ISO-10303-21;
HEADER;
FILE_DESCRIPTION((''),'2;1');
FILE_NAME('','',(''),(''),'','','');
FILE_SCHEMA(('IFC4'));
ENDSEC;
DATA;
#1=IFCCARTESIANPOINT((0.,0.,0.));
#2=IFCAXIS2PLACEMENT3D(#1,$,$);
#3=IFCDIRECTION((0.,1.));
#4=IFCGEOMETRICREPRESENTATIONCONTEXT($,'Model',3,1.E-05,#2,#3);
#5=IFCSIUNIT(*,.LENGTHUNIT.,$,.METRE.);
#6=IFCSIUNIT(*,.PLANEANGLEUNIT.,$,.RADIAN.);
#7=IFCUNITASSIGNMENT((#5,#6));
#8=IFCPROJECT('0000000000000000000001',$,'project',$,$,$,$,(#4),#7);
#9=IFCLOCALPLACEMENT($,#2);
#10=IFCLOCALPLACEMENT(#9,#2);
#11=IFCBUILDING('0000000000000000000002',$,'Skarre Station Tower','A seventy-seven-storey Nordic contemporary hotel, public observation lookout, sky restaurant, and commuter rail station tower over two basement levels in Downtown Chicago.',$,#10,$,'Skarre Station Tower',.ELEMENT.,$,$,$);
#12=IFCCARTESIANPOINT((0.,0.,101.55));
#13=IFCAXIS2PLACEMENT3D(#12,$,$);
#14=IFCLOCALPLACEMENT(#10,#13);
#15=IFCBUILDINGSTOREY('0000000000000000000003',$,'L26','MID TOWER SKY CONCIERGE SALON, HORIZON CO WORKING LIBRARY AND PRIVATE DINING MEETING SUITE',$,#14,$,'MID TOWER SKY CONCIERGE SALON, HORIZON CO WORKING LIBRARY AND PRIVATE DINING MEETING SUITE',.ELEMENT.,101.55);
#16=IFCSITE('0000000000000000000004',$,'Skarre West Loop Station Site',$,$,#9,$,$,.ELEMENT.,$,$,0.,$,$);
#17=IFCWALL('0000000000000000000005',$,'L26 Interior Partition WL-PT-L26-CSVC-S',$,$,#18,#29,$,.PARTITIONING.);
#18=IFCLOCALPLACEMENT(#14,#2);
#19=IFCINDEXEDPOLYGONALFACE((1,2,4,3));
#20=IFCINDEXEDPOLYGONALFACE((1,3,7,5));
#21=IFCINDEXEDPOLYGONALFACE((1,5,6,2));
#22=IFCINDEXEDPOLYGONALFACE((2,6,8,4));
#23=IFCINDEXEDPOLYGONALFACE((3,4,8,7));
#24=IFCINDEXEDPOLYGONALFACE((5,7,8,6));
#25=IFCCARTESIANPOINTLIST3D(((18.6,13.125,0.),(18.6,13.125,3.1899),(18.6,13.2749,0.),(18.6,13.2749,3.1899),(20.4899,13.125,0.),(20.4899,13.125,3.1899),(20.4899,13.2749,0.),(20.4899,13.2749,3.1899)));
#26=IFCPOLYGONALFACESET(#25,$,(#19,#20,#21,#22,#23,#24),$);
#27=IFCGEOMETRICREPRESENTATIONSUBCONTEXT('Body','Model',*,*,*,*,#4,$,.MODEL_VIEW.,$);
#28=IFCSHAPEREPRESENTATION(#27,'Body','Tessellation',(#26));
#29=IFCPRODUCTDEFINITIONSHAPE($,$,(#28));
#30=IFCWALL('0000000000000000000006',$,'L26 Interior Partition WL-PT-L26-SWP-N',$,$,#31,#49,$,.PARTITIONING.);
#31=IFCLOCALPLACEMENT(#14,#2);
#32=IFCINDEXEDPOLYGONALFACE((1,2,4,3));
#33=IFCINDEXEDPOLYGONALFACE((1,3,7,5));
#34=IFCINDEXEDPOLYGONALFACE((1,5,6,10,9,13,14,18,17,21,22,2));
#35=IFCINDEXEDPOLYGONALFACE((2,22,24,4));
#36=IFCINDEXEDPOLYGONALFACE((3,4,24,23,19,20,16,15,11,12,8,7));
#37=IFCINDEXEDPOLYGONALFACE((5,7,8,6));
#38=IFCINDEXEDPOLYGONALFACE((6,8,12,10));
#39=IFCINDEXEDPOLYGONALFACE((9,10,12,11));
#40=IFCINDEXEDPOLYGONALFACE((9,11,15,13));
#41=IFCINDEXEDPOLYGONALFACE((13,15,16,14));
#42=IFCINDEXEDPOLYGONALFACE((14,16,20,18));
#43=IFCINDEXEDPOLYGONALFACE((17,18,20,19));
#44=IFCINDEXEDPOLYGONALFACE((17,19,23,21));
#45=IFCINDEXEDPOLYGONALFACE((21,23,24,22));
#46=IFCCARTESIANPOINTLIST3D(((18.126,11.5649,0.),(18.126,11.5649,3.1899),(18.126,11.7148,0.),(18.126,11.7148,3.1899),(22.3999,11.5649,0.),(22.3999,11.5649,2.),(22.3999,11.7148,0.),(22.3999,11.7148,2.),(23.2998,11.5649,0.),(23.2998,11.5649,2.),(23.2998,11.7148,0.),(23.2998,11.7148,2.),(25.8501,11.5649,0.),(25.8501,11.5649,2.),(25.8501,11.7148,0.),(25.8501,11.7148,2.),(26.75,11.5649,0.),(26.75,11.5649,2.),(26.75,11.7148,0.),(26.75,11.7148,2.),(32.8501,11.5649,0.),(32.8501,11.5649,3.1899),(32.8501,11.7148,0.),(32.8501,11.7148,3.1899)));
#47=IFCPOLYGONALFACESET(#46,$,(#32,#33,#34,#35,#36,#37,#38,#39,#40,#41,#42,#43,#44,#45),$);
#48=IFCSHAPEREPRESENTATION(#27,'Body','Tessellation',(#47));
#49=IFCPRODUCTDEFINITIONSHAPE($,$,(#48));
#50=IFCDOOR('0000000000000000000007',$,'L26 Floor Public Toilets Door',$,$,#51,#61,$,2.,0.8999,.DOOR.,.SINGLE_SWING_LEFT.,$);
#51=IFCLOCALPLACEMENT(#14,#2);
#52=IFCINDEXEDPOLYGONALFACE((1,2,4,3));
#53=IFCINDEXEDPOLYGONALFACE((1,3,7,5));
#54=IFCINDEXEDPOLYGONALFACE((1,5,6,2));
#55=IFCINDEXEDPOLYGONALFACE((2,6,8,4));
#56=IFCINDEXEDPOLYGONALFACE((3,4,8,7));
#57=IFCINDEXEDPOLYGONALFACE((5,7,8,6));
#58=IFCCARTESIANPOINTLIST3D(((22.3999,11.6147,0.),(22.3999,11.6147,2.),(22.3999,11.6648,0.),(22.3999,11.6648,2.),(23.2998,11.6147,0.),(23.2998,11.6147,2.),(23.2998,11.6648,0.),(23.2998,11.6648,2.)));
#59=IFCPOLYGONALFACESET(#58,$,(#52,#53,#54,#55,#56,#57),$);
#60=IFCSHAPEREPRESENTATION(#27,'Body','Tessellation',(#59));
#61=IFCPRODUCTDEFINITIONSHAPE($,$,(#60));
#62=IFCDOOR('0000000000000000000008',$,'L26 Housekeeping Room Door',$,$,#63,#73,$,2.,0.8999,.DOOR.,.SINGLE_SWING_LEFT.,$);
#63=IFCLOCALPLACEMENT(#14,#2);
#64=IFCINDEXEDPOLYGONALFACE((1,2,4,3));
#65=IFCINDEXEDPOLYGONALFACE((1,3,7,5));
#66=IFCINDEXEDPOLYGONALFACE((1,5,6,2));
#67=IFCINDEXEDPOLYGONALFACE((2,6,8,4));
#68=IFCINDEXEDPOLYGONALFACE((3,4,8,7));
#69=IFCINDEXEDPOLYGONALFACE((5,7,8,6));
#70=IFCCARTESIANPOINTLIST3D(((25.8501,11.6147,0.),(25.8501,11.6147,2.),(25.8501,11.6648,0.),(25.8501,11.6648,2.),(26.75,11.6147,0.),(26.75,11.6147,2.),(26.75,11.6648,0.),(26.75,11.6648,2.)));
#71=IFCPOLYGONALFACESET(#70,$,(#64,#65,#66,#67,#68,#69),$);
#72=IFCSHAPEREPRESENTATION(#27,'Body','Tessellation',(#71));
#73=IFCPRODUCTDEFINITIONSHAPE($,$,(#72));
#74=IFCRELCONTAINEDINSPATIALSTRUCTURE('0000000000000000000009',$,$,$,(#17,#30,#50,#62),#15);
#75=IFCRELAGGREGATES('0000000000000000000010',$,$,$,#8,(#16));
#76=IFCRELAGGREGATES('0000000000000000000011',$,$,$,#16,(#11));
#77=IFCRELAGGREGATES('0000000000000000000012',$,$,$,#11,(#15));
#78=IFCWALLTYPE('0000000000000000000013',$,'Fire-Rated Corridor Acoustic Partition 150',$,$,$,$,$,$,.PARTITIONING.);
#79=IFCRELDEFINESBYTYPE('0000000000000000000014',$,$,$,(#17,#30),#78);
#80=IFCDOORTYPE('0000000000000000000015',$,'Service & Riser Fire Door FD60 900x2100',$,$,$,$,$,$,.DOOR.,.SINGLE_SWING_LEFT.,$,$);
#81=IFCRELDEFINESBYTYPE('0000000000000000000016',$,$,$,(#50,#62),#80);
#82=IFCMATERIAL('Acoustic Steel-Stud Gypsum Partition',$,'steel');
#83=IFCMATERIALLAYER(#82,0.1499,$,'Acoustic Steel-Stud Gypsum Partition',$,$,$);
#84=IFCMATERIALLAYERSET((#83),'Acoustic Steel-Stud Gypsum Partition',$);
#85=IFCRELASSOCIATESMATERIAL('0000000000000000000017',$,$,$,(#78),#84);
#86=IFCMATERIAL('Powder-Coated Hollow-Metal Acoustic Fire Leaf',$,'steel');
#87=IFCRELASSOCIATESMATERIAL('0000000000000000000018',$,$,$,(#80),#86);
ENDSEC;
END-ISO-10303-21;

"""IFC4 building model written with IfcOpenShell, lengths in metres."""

from ifc_helpers import new_model, si_unit, direction, frame, frame_2d, origin, place, context, subcontext, project, spatial, rectangle, extrude, material, layer, layer_set, type_object, element, fill, save


model = new_model("IFC4")

# Units and contexts
model_context = context("Model", 3, precision=1e-05, world=origin(), true_north=direction((0.0, 1.0)))
body_context = subcontext(model_context, "Body", "Model", "MODEL_VIEW")
ifc_project = project(units=[si_unit("LENGTHUNIT", "METRE"), si_unit("PLANEANGLEUNIT", "RADIAN")], contexts=[model_context])

# Site, building, storey
site_placement = place(None, origin())
site = spatial("IfcSite", under=ifc_project, at=site_placement, Name="Skarre West Loop Station Site", CompositionType="ELEMENT", RefElevation=0.0)
building_placement = place(site_placement, origin())
building = spatial("IfcBuilding", under=site, at=building_placement, Name="Skarre Station Tower", Description="A seventy-seven-storey Nordic contemporary hotel, public observation lookout, sky restaurant, and commuter rail station tower over two basement levels in Downtown Chicago.", LongName="Skarre Station Tower", CompositionType="ELEMENT")
storey_placement = place(building_placement, frame((0.0, 0.0, 101.55)))
storey = spatial("IfcBuildingStorey", under=building, at=storey_placement, Name="L26", Description="MID TOWER SKY CONCIERGE SALON, HORIZON CO WORKING LIBRARY AND PRIVATE DINING MEETING SUITE", LongName="MID TOWER SKY CONCIERGE SALON, HORIZON CO WORKING LIBRARY AND PRIVATE DINING MEETING SUITE", CompositionType="ELEMENT", Elevation=101.55)

# Wall
ifc_material_1 = material(Name="Acoustic Steel-Stud Gypsum Partition", Category="steel")
ifc_layer_1 = layer(ifc_material_1, 0.1499, Name="Acoustic Steel-Stud Gypsum Partition")
ifc_layer_set_1 = layer_set([ifc_layer_1], Name="Acoustic Steel-Stud Gypsum Partition")
wall_type_1 = type_object("IfcWallType", Name="Fire-Rated Corridor Acoustic Partition 150", PredefinedType="PARTITIONING", material=ifc_layer_set_1)
wall_1_placement = place(storey_placement, frame((18.6001, 13.2, 0.0), z_axis=(0.0, 0.0, 1.0), x_axis=(1.0, 0.0, 0.0)))
element("IfcWall", 1, at=wall_1_placement, inside=storey, type_object=wall_type_1, Name="L26 Interior Partition WL-PT-L26-CSVC-S", PredefinedType="PARTITIONING", context=body_context, shape_type="SweptSolid", body=[
    extrude(rectangle(XDim=1.8899, YDim=0.1499, at=frame_2d((0.9448, 0.0))), origin(), (0.0, 0.0, 1.0), 3.1899),
])

# Wall, openings, doors
wall_2_placement = place(storey_placement, frame((18.126, 11.6399, 0.0), z_axis=(0.0, 0.0, 1.0), x_axis=(1.0, 0.0, 0.0)))
wall_2 = element("IfcWall", 2, at=wall_2_placement, inside=storey, type_object=wall_type_1, Name="L26 Interior Partition WL-PT-L26-SWP-N", PredefinedType="PARTITIONING", context=body_context, shape_type="SweptSolid", body=[
    extrude(rectangle(XDim=14.7241, YDim=0.1499, at=frame_2d((7.3621, 0.0))), origin(), (0.0, 0.0, 1.0), 3.1899),
])
opening_1_placement = place(wall_2_placement, frame((4.2739, 0.0, 0.0)))
opening_1 = element("IfcOpeningElement", 3, at=opening_1_placement, cuts=wall_2, PredefinedType="OPENING", context=body_context, shape_type="SweptSolid", body=[
    extrude(rectangle(XDim=0.8999, YDim=2.0, at=frame_2d((0.45, 1.0))), frame((0.0, 0.085, 0.0), z_axis=(0.0, -1.0, 0.0), x_axis=(1.0, 0.0, 0.0)), (0.0, 0.0, 1.0), 0.1699),
])
opening_2_placement = place(wall_2_placement, frame((7.7241, 0.0, 0.0)))
opening_2 = element("IfcOpeningElement", 4, at=opening_2_placement, cuts=wall_2, PredefinedType="OPENING", context=body_context, shape_type="SweptSolid", body=[
    extrude(rectangle(XDim=0.8999, YDim=2.0, at=frame_2d((0.45, 1.0))), frame((0.0, 0.085, 0.0), z_axis=(0.0, -1.0, 0.0), x_axis=(1.0, 0.0, 0.0)), (0.0, 0.0, 1.0), 0.1699),
])
ifc_material_2 = material(Name="Powder-Coated Hollow-Metal Acoustic Fire Leaf", Category="steel")
door_type = type_object("IfcDoorType", Name="Service & Riser Fire Door FD60 900x2100", OperationType="SINGLE_SWING_LEFT", PredefinedType="DOOR", material=ifc_material_2)
door_1_placement = place(opening_1_placement, origin())
door_1 = element("IfcDoor", 5, at=door_1_placement, inside=storey, type_object=door_type, Name="L26 Floor Public Toilets Door", OperationType="SINGLE_SWING_LEFT", OverallHeight=2.0, OverallWidth=0.8999, PredefinedType="DOOR", context=body_context, shape_type="SweptSolid", body=[
    extrude(rectangle(XDim=0.8999, YDim=2.0, at=frame_2d((0.45, 1.0))), frame((0.0, 0.0249, 0.0), z_axis=(0.0, -1.0, 0.0), x_axis=(1.0, 0.0, 0.0)), (0.0, 0.0, 1.0), 0.05),
])
fill(opening_1, door_1)
door_2_placement = place(opening_2_placement, origin())
door_2 = element("IfcDoor", 6, at=door_2_placement, inside=storey, type_object=door_type, Name="L26 Housekeeping Room Door", OperationType="SINGLE_SWING_LEFT", OverallHeight=2.0, OverallWidth=0.8999, PredefinedType="DOOR", context=body_context, shape_type="SweptSolid", body=[
    extrude(rectangle(XDim=0.8999, YDim=2.0, at=frame_2d((0.45, 1.0))), frame((0.0, 0.0249, 0.0), z_axis=(0.0, -1.0, 0.0), x_axis=(1.0, 0.0, 0.0)), (0.0, 0.0, 1.0), 0.05),
])
fill(opening_2, door_2)

save(model, "model.ifc")
